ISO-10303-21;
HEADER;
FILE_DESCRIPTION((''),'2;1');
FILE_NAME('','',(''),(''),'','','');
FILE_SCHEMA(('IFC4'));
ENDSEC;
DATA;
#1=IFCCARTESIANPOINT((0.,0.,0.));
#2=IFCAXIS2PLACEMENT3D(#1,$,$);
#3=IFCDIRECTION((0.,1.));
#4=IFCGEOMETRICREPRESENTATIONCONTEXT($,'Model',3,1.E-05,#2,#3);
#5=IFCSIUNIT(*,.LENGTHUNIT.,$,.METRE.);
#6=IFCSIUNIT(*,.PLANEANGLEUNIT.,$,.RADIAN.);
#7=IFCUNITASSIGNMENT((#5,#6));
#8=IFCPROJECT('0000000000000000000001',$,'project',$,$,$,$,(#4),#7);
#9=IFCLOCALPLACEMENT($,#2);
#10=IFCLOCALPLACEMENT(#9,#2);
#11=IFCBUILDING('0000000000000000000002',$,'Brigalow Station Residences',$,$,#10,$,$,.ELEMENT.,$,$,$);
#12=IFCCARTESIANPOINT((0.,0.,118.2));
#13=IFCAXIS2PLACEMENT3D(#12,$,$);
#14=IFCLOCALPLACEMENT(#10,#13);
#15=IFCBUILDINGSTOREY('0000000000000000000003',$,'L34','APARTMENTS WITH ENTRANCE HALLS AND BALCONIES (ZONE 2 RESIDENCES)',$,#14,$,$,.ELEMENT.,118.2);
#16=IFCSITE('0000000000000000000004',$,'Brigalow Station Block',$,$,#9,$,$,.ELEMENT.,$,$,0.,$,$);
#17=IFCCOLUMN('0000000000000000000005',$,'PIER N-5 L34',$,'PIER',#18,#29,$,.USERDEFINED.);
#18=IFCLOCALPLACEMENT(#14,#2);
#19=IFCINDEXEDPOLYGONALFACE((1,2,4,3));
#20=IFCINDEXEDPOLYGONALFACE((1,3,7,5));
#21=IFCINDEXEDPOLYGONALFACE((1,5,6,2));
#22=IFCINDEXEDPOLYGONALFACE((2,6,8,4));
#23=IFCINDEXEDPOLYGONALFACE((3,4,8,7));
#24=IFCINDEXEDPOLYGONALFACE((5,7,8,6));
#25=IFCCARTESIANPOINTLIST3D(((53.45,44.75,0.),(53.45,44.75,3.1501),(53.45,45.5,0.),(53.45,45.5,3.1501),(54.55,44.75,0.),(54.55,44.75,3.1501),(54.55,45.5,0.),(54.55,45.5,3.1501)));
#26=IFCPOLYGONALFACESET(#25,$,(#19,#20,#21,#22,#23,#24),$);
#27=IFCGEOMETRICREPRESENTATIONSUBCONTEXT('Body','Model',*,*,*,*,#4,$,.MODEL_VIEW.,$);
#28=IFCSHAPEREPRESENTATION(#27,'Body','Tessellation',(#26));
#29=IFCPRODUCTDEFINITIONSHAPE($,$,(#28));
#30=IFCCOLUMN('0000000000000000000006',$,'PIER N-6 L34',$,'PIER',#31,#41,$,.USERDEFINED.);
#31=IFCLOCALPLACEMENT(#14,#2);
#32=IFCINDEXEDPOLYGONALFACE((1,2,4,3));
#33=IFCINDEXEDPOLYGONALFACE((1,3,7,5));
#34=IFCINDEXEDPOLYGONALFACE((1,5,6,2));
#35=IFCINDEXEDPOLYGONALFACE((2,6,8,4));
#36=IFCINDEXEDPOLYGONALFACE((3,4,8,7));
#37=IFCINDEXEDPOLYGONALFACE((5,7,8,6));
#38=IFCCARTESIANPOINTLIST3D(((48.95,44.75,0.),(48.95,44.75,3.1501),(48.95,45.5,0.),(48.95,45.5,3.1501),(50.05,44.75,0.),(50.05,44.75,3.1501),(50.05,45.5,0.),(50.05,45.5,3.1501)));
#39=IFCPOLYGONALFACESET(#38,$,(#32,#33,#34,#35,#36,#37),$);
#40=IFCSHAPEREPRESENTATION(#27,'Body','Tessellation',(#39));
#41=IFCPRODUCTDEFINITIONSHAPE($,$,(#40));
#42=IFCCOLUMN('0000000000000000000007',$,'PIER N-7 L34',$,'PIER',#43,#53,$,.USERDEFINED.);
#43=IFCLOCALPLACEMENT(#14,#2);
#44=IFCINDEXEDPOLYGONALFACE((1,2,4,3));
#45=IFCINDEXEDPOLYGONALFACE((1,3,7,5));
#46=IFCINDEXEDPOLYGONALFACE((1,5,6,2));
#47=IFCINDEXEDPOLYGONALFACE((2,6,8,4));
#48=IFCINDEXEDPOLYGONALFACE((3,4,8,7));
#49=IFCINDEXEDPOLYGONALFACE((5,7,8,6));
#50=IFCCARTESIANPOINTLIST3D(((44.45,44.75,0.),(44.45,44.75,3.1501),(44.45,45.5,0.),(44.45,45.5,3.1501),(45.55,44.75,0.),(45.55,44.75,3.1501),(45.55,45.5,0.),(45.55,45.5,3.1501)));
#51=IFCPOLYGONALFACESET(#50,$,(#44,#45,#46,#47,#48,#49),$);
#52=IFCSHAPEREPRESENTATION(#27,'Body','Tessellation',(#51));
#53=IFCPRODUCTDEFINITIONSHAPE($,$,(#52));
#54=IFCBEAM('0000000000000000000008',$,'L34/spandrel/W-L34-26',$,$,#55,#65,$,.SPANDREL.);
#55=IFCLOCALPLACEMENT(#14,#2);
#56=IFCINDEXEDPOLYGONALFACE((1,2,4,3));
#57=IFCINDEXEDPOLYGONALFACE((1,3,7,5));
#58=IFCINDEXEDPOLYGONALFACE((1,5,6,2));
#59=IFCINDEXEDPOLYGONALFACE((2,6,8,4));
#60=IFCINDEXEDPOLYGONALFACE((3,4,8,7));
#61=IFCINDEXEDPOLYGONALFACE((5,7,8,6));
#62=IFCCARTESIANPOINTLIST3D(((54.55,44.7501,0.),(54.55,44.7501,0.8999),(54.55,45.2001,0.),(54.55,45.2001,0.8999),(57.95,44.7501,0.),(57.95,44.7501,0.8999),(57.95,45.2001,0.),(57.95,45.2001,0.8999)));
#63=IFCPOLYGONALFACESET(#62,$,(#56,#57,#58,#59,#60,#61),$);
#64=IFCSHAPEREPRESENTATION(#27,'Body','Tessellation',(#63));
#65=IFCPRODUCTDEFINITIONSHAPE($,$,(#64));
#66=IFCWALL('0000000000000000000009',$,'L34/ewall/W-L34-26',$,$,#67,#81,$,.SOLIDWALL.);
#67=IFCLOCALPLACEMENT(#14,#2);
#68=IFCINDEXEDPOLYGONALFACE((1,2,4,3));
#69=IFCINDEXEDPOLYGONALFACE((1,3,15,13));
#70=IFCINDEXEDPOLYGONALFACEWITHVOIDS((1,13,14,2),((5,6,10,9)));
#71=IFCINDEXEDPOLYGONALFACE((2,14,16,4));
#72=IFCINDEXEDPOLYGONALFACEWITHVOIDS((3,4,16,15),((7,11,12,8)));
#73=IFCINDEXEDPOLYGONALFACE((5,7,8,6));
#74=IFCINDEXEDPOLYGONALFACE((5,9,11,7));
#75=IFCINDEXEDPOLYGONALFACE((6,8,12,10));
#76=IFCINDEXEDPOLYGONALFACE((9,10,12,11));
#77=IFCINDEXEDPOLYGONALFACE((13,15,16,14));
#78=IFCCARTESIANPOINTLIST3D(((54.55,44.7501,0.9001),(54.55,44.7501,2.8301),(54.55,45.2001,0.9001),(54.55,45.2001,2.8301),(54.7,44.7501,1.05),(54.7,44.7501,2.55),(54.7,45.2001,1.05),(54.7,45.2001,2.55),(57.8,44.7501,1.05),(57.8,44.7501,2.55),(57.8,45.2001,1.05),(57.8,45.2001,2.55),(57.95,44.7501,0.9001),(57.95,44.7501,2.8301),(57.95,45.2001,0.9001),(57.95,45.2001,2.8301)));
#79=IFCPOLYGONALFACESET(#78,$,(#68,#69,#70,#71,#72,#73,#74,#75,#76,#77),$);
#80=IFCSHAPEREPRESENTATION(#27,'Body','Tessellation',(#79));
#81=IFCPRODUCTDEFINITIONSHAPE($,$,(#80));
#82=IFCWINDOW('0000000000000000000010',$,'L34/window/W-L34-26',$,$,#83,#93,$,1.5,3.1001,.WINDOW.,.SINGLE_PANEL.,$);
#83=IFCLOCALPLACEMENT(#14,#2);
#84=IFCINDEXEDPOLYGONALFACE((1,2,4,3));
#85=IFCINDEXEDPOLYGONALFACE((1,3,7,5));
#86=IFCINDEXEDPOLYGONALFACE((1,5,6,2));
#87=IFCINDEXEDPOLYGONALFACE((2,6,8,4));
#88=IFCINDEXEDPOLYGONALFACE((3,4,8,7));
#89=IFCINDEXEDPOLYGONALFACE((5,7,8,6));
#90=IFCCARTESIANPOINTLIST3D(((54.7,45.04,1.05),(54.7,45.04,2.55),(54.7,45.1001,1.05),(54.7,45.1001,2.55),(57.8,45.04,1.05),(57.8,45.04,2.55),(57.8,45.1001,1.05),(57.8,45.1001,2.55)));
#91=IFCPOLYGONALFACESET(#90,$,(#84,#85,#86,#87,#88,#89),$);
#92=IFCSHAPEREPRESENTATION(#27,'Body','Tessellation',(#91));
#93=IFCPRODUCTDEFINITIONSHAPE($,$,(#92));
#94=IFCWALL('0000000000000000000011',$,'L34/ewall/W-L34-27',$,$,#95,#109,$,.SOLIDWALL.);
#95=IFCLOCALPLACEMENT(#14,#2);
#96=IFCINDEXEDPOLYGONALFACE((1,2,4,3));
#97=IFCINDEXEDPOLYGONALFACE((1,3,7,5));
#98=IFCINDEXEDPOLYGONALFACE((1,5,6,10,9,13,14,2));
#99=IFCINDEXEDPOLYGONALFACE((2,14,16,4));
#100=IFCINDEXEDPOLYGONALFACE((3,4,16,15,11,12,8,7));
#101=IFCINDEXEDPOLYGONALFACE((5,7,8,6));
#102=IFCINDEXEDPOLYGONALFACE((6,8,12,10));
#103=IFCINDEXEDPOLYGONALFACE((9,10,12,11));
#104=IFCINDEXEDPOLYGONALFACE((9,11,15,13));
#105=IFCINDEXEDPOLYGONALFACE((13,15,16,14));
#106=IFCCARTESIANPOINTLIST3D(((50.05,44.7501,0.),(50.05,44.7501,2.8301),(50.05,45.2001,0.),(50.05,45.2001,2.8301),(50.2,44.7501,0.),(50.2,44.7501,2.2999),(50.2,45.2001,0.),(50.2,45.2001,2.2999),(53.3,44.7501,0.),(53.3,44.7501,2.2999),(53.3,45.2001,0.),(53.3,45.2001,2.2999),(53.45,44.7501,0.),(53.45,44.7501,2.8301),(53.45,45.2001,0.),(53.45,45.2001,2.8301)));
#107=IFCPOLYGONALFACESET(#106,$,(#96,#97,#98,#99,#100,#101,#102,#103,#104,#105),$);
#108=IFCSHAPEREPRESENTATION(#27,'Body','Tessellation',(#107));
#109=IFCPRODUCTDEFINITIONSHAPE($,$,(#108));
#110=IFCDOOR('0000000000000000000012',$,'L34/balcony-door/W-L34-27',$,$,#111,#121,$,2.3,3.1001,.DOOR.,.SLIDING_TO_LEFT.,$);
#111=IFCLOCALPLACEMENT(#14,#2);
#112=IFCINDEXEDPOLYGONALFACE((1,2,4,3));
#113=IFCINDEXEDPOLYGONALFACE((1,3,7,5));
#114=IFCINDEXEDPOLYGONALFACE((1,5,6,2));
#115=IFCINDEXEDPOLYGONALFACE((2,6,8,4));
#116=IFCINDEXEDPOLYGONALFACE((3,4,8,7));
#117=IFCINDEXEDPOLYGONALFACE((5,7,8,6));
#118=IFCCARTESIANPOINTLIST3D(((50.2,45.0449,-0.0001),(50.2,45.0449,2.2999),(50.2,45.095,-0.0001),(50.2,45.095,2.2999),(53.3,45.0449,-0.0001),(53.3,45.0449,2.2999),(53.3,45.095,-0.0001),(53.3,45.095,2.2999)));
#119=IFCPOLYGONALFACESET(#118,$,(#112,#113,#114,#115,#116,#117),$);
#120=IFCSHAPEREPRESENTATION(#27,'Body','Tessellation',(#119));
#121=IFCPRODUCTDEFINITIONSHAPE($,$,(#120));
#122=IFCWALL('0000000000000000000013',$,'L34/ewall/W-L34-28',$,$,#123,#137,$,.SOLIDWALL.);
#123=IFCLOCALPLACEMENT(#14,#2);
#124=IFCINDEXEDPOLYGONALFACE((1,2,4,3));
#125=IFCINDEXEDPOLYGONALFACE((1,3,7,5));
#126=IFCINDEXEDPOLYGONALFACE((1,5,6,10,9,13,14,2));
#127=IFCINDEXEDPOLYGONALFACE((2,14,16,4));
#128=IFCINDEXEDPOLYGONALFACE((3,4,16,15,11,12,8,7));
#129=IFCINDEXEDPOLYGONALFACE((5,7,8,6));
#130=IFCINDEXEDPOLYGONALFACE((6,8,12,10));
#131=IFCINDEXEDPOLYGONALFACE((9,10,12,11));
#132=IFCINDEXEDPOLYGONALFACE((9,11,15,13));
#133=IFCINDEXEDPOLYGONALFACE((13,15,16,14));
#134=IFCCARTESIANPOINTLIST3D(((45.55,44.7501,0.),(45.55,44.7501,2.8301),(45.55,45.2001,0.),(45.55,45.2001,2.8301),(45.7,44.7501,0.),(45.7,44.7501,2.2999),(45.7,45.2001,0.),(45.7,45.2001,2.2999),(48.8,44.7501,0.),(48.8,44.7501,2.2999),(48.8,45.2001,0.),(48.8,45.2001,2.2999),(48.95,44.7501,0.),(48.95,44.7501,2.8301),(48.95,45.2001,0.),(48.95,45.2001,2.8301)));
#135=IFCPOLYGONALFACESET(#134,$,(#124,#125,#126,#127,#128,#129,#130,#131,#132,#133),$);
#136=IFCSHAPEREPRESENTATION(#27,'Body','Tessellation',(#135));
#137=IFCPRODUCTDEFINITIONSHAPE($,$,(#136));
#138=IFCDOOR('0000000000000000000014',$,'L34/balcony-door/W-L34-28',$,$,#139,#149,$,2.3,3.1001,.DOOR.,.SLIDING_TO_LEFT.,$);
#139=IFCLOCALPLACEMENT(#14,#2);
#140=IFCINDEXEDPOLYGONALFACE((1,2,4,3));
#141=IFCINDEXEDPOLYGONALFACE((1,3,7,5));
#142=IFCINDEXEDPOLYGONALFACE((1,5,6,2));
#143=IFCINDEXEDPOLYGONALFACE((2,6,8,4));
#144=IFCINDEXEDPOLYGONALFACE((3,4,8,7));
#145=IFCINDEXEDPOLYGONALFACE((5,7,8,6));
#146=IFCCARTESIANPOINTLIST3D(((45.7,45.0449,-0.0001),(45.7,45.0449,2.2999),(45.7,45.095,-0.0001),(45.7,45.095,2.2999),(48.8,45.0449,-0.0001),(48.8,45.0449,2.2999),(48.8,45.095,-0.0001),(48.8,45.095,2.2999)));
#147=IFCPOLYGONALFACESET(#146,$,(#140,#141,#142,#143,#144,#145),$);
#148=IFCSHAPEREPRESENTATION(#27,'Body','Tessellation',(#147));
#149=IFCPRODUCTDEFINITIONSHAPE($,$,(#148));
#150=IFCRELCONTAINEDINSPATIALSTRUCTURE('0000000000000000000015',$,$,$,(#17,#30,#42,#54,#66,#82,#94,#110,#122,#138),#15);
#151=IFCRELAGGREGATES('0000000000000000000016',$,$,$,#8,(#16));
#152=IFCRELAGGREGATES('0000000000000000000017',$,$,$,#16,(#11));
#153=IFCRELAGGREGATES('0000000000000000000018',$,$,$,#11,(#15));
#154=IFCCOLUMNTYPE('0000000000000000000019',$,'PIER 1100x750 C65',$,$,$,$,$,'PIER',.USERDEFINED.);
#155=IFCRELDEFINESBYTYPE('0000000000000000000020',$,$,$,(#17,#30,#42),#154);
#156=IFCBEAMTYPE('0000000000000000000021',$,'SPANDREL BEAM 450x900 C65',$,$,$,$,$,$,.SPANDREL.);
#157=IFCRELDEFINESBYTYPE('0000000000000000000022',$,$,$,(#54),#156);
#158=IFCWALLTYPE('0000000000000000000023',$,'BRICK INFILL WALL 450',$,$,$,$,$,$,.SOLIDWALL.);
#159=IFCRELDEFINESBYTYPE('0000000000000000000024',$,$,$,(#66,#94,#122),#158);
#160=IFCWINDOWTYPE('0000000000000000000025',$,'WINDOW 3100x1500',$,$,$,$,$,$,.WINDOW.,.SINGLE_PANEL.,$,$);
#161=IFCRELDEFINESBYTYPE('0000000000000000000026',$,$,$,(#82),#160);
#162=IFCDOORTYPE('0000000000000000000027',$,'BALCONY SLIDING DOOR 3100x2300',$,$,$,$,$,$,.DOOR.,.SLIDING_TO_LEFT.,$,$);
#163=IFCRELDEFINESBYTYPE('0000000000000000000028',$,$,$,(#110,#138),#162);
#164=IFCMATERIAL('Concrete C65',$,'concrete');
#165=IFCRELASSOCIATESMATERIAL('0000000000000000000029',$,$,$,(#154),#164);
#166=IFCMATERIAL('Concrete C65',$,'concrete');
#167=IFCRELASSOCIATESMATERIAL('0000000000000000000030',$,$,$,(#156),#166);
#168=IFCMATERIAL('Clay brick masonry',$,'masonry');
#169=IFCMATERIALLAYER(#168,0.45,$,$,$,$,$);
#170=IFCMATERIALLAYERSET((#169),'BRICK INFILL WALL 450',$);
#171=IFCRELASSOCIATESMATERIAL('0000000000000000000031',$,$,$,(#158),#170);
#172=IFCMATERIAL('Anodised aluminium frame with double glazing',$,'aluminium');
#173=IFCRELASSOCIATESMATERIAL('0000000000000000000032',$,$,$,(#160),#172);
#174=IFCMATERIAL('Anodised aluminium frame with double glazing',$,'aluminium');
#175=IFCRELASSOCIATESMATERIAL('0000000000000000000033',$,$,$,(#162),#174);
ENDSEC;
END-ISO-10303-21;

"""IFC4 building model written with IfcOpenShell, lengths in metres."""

from ifc_helpers import new_model, si_unit, direction, frame, frame_2d, origin, origin_2d, place, context, subcontext, project, spatial, rectangle, extrude, material, layer, layer_set, material_profile, profile_set, type_object, element, fill, save


model = new_model("IFC4")

# Units and contexts
model_context = context("Model", 3, precision=1e-05, world=origin(), true_north=direction((0.0, 1.0)))
body_context = subcontext(model_context, "Body", "Model", "MODEL_VIEW")
ifc_project = project(units=[si_unit("LENGTHUNIT", "METRE"), si_unit("PLANEANGLEUNIT", "RADIAN")], contexts=[model_context])

# Site, building, storey
site_placement = place(None, origin())
site = spatial("IfcSite", under=ifc_project, at=site_placement, Name="Brigalow Station Block", CompositionType="ELEMENT", RefElevation=0.0)
building_placement = place(site_placement, origin())
building = spatial("IfcBuilding", under=site, at=building_placement, Name="Brigalow Station Residences", CompositionType="ELEMENT")
storey_placement = place(building_placement, frame((0.0, 0.0, 118.2)))
storey = spatial("IfcBuildingStorey", under=building, at=storey_placement, Name="L34", Description="APARTMENTS WITH ENTRANCE HALLS AND BALCONIES (ZONE 2 RESIDENCES)", CompositionType="ELEMENT", Elevation=118.2)

# Columns
ifc_material_1 = material(Name="Concrete C65", Category="concrete")
ifc_material_profile_1 = material_profile(ifc_material_1, rectangle(XDim=1.1001, YDim=0.75, at=origin_2d()), Name="RC1100x750")
ifc_profile_set_1 = profile_set([ifc_material_profile_1], Name="Concrete C65")
column_type = type_object("IfcColumnType", Name="PIER 1100x750 C65", ElementType="PIER", PredefinedType="USERDEFINED", material=ifc_profile_set_1)
for number, where, z_axis, x_axis, name in (
    (1, (54.0, 45.125, 0.0), (0.0, 0.0, 1.0), (-1.0, 0.0, 0.0), "PIER N-5 L34"),
    (2, (49.5, 45.125, 0.0), (0.0, 0.0, 1.0), (-1.0, 0.0, 0.0), "PIER N-6 L34"),
    (3, (45.0, 45.125, 0.0), (0.0, 0.0, 1.0), (-1.0, 0.0, 0.0), "PIER N-7 L34"),
):
    element("IfcColumn", number, at=place(storey_placement, frame(where, z_axis=z_axis, x_axis=x_axis)), inside=storey, type_object=column_type, Name=name, ObjectType="PIER", PredefinedType="USERDEFINED", context=body_context, shape_type="SweptSolid", body=[
        extrude(rectangle(XDim=1.1001, YDim=0.75, at=origin_2d()), origin(), (0.0, 0.0, 1.0), 3.1501),
    ])

# Beam
ifc_material_2 = material(Name="Concrete C65", Category="concrete")
ifc_material_profile_2 = material_profile(ifc_material_2, rectangle(XDim=0.45, YDim=0.8999, at=origin_2d()), Name="RC450x900")
ifc_profile_set_2 = profile_set([ifc_material_profile_2], Name="Concrete C65")
beam_type = type_object("IfcBeamType", Name="SPANDREL BEAM 450x900 C65", PredefinedType="SPANDREL", material=ifc_profile_set_2)
beam_placement = place(storey_placement, frame((57.95, 44.9751, 0.45), z_axis=(-1.0, 0.0, 0.0), x_axis=(0.0, -1.0, 0.0)))
element("IfcBeam", 4, at=beam_placement, inside=storey, type_object=beam_type, Name="L34/spandrel/W-L34-26", PredefinedType="SPANDREL", context=body_context, shape_type="SweptSolid", body=[
    extrude(rectangle(XDim=0.45, YDim=0.8999, at=origin_2d()), origin(), (0.0, 0.0, 1.0), 3.3999),
])

# Wall, opening, window
ifc_material_3 = material(Name="Clay brick masonry", Category="masonry")
ifc_layer_1 = layer(ifc_material_3, 0.45)
ifc_layer_set_1 = layer_set([ifc_layer_1], Name="BRICK INFILL WALL 450")
wall_type_1 = type_object("IfcWallType", Name="BRICK INFILL WALL 450", PredefinedType="SOLIDWALL", material=ifc_layer_set_1)
wall_1_placement = place(storey_placement, frame((57.95, 44.9751, 0.9001), z_axis=(0.0, 0.0, 1.0), x_axis=(-1.0, 0.0, 0.0)))
wall_1 = element("IfcWall", 5, at=wall_1_placement, inside=storey, type_object=wall_type_1, Name="L34/ewall/W-L34-26", PredefinedType="SOLIDWALL", context=body_context, shape_type="SweptSolid", body=[
    extrude(rectangle(XDim=3.3999, YDim=0.45, at=frame_2d((1.7, 0.0))), origin(), (0.0, 0.0, 1.0), 1.9299),
])
opening_1_placement = place(wall_1_placement, frame((0.1499, 0.0, 0.1499)))
opening_1 = element("IfcOpeningElement", 6, at=opening_1_placement, cuts=wall_1, PredefinedType="OPENING", context=body_context, shape_type="SweptSolid", body=[
    extrude(rectangle(XDim=3.1001, YDim=1.5, at=frame_2d((1.55, 0.75))), frame((0.0, 0.2349, 0.0), z_axis=(0.0, -1.0, 0.0), x_axis=(1.0, 0.0, 0.0)), (0.0, 0.0, 1.0), 0.47),
])
ifc_material_4 = material(Name="Anodised aluminium frame with double glazing", Category="aluminium")
window_type = type_object("IfcWindowType", Name="WINDOW 3100x1500", PartitioningType="SINGLE_PANEL", PredefinedType="WINDOW", material=ifc_material_4)
window_placement = place(opening_1_placement, origin())
window = element("IfcWindow", 7, at=window_placement, inside=storey, type_object=window_type, Name="L34/window/W-L34-26", OverallHeight=1.5, OverallWidth=3.1001, PartitioningType="SINGLE_PANEL", PredefinedType="WINDOW", context=body_context, shape_type="SweptSolid", body=[
    extrude(rectangle(XDim=3.1001, YDim=1.5, at=frame_2d((1.55, 0.75))), frame((0.0, -0.0649, 0.0), z_axis=(0.0, -1.0, 0.0), x_axis=(1.0, 0.0, 0.0)), (0.0, 0.0, 1.0), 0.0601),
])
fill(opening_1, window)

# Walls, openings, doors
wall_2_placement = place(storey_placement, frame((53.45, 44.9751, 0.0), z_axis=(0.0, 0.0, 1.0), x_axis=(-1.0, 0.0, 0.0)))
wall_2 = element("IfcWall", 8, at=wall_2_placement, inside=storey, type_object=wall_type_1, Name="L34/ewall/W-L34-27", PredefinedType="SOLIDWALL", context=body_context, shape_type="SweptSolid", body=[
    extrude(rectangle(XDim=3.3999, YDim=0.45, at=frame_2d((1.7, 0.0))), origin(), (0.0, 0.0, 1.0), 2.8301),
])
opening_2_placement = place(wall_2_placement, frame((0.1499, 0.0, 0.0)))
opening_2 = element("IfcOpeningElement", 9, at=opening_2_placement, cuts=wall_2, PredefinedType="OPENING", context=body_context, shape_type="SweptSolid", body=[
    extrude(rectangle(XDim=3.1001, YDim=2.3, at=frame_2d((1.55, 1.1499))), frame((0.0, 0.2349, 0.0), z_axis=(0.0, -1.0, 0.0), x_axis=(1.0, 0.0, 0.0)), (0.0, 0.0, 1.0), 0.47),
])
ifc_material_5 = material(Name="Anodised aluminium frame with double glazing", Category="aluminium")
door_type_1 = type_object("IfcDoorType", Name="BALCONY SLIDING DOOR 3100x2300", OperationType="SLIDING_TO_LEFT", PredefinedType="DOOR", material=ifc_material_5)
door_1_placement = place(opening_2_placement, origin())
door_1 = element("IfcDoor", 10, at=door_1_placement, inside=storey, type_object=door_type_1, Name="L34/balcony-door/W-L34-27", OperationType="SLIDING_TO_LEFT", OverallHeight=2.3, OverallWidth=3.1001, PredefinedType="DOOR", context=body_context, shape_type="SweptSolid", body=[
    extrude(rectangle(XDim=3.1001, YDim=2.3, at=frame_2d((1.55, 1.1499))), frame((0.0, -0.0698, 0.0), z_axis=(0.0, -1.0, 0.0), x_axis=(1.0, 0.0, 0.0)), (0.0, 0.0, 1.0), 0.05),
])
fill(opening_2, door_1)
wall_3_placement = place(storey_placement, frame((48.95, 44.9751, 0.0), z_axis=(0.0, 0.0, 1.0), x_axis=(-1.0, 0.0, 0.0)))
wall_3 = element("IfcWall", 11, at=wall_3_placement, inside=storey, type_object=wall_type_1, Name="L34/ewall/W-L34-28", PredefinedType="SOLIDWALL", context=body_context, shape_type="SweptSolid", body=[
    extrude(rectangle(XDim=3.3999, YDim=0.45, at=frame_2d((1.7, 0.0))), origin(), (0.0, 0.0, 1.0), 2.8301),
])
opening_3_placement = place(wall_3_placement, frame((0.1499, 0.0, 0.0)))
opening_3 = element("IfcOpeningElement", 12, at=opening_3_placement, cuts=wall_3, PredefinedType="OPENING", context=body_context, shape_type="SweptSolid", body=[
    extrude(rectangle(XDim=3.1001, YDim=2.3, at=frame_2d((1.55, 1.1499))), frame((0.0, 0.2349, 0.0), z_axis=(0.0, -1.0, 0.0), x_axis=(1.0, 0.0, 0.0)), (0.0, 0.0, 1.0), 0.47),
])
door_2_placement = place(opening_3_placement, origin())
door_2 = element("IfcDoor", 13, at=door_2_placement, inside=storey, type_object=door_type_1, Name="L34/balcony-door/W-L34-28", OperationType="SLIDING_TO_LEFT", OverallHeight=2.3, OverallWidth=3.1001, PredefinedType="DOOR", context=body_context, shape_type="SweptSolid", body=[
    extrude(rectangle(XDim=3.1001, YDim=2.3, at=frame_2d((1.55, 1.1499))), frame((0.0, -0.0698, 0.0), z_axis=(0.0, -1.0, 0.0), x_axis=(1.0, 0.0, 0.0)), (0.0, 0.0, 1.0), 0.05),
])
fill(opening_3, door_2)

save(model, "model.ifc")
